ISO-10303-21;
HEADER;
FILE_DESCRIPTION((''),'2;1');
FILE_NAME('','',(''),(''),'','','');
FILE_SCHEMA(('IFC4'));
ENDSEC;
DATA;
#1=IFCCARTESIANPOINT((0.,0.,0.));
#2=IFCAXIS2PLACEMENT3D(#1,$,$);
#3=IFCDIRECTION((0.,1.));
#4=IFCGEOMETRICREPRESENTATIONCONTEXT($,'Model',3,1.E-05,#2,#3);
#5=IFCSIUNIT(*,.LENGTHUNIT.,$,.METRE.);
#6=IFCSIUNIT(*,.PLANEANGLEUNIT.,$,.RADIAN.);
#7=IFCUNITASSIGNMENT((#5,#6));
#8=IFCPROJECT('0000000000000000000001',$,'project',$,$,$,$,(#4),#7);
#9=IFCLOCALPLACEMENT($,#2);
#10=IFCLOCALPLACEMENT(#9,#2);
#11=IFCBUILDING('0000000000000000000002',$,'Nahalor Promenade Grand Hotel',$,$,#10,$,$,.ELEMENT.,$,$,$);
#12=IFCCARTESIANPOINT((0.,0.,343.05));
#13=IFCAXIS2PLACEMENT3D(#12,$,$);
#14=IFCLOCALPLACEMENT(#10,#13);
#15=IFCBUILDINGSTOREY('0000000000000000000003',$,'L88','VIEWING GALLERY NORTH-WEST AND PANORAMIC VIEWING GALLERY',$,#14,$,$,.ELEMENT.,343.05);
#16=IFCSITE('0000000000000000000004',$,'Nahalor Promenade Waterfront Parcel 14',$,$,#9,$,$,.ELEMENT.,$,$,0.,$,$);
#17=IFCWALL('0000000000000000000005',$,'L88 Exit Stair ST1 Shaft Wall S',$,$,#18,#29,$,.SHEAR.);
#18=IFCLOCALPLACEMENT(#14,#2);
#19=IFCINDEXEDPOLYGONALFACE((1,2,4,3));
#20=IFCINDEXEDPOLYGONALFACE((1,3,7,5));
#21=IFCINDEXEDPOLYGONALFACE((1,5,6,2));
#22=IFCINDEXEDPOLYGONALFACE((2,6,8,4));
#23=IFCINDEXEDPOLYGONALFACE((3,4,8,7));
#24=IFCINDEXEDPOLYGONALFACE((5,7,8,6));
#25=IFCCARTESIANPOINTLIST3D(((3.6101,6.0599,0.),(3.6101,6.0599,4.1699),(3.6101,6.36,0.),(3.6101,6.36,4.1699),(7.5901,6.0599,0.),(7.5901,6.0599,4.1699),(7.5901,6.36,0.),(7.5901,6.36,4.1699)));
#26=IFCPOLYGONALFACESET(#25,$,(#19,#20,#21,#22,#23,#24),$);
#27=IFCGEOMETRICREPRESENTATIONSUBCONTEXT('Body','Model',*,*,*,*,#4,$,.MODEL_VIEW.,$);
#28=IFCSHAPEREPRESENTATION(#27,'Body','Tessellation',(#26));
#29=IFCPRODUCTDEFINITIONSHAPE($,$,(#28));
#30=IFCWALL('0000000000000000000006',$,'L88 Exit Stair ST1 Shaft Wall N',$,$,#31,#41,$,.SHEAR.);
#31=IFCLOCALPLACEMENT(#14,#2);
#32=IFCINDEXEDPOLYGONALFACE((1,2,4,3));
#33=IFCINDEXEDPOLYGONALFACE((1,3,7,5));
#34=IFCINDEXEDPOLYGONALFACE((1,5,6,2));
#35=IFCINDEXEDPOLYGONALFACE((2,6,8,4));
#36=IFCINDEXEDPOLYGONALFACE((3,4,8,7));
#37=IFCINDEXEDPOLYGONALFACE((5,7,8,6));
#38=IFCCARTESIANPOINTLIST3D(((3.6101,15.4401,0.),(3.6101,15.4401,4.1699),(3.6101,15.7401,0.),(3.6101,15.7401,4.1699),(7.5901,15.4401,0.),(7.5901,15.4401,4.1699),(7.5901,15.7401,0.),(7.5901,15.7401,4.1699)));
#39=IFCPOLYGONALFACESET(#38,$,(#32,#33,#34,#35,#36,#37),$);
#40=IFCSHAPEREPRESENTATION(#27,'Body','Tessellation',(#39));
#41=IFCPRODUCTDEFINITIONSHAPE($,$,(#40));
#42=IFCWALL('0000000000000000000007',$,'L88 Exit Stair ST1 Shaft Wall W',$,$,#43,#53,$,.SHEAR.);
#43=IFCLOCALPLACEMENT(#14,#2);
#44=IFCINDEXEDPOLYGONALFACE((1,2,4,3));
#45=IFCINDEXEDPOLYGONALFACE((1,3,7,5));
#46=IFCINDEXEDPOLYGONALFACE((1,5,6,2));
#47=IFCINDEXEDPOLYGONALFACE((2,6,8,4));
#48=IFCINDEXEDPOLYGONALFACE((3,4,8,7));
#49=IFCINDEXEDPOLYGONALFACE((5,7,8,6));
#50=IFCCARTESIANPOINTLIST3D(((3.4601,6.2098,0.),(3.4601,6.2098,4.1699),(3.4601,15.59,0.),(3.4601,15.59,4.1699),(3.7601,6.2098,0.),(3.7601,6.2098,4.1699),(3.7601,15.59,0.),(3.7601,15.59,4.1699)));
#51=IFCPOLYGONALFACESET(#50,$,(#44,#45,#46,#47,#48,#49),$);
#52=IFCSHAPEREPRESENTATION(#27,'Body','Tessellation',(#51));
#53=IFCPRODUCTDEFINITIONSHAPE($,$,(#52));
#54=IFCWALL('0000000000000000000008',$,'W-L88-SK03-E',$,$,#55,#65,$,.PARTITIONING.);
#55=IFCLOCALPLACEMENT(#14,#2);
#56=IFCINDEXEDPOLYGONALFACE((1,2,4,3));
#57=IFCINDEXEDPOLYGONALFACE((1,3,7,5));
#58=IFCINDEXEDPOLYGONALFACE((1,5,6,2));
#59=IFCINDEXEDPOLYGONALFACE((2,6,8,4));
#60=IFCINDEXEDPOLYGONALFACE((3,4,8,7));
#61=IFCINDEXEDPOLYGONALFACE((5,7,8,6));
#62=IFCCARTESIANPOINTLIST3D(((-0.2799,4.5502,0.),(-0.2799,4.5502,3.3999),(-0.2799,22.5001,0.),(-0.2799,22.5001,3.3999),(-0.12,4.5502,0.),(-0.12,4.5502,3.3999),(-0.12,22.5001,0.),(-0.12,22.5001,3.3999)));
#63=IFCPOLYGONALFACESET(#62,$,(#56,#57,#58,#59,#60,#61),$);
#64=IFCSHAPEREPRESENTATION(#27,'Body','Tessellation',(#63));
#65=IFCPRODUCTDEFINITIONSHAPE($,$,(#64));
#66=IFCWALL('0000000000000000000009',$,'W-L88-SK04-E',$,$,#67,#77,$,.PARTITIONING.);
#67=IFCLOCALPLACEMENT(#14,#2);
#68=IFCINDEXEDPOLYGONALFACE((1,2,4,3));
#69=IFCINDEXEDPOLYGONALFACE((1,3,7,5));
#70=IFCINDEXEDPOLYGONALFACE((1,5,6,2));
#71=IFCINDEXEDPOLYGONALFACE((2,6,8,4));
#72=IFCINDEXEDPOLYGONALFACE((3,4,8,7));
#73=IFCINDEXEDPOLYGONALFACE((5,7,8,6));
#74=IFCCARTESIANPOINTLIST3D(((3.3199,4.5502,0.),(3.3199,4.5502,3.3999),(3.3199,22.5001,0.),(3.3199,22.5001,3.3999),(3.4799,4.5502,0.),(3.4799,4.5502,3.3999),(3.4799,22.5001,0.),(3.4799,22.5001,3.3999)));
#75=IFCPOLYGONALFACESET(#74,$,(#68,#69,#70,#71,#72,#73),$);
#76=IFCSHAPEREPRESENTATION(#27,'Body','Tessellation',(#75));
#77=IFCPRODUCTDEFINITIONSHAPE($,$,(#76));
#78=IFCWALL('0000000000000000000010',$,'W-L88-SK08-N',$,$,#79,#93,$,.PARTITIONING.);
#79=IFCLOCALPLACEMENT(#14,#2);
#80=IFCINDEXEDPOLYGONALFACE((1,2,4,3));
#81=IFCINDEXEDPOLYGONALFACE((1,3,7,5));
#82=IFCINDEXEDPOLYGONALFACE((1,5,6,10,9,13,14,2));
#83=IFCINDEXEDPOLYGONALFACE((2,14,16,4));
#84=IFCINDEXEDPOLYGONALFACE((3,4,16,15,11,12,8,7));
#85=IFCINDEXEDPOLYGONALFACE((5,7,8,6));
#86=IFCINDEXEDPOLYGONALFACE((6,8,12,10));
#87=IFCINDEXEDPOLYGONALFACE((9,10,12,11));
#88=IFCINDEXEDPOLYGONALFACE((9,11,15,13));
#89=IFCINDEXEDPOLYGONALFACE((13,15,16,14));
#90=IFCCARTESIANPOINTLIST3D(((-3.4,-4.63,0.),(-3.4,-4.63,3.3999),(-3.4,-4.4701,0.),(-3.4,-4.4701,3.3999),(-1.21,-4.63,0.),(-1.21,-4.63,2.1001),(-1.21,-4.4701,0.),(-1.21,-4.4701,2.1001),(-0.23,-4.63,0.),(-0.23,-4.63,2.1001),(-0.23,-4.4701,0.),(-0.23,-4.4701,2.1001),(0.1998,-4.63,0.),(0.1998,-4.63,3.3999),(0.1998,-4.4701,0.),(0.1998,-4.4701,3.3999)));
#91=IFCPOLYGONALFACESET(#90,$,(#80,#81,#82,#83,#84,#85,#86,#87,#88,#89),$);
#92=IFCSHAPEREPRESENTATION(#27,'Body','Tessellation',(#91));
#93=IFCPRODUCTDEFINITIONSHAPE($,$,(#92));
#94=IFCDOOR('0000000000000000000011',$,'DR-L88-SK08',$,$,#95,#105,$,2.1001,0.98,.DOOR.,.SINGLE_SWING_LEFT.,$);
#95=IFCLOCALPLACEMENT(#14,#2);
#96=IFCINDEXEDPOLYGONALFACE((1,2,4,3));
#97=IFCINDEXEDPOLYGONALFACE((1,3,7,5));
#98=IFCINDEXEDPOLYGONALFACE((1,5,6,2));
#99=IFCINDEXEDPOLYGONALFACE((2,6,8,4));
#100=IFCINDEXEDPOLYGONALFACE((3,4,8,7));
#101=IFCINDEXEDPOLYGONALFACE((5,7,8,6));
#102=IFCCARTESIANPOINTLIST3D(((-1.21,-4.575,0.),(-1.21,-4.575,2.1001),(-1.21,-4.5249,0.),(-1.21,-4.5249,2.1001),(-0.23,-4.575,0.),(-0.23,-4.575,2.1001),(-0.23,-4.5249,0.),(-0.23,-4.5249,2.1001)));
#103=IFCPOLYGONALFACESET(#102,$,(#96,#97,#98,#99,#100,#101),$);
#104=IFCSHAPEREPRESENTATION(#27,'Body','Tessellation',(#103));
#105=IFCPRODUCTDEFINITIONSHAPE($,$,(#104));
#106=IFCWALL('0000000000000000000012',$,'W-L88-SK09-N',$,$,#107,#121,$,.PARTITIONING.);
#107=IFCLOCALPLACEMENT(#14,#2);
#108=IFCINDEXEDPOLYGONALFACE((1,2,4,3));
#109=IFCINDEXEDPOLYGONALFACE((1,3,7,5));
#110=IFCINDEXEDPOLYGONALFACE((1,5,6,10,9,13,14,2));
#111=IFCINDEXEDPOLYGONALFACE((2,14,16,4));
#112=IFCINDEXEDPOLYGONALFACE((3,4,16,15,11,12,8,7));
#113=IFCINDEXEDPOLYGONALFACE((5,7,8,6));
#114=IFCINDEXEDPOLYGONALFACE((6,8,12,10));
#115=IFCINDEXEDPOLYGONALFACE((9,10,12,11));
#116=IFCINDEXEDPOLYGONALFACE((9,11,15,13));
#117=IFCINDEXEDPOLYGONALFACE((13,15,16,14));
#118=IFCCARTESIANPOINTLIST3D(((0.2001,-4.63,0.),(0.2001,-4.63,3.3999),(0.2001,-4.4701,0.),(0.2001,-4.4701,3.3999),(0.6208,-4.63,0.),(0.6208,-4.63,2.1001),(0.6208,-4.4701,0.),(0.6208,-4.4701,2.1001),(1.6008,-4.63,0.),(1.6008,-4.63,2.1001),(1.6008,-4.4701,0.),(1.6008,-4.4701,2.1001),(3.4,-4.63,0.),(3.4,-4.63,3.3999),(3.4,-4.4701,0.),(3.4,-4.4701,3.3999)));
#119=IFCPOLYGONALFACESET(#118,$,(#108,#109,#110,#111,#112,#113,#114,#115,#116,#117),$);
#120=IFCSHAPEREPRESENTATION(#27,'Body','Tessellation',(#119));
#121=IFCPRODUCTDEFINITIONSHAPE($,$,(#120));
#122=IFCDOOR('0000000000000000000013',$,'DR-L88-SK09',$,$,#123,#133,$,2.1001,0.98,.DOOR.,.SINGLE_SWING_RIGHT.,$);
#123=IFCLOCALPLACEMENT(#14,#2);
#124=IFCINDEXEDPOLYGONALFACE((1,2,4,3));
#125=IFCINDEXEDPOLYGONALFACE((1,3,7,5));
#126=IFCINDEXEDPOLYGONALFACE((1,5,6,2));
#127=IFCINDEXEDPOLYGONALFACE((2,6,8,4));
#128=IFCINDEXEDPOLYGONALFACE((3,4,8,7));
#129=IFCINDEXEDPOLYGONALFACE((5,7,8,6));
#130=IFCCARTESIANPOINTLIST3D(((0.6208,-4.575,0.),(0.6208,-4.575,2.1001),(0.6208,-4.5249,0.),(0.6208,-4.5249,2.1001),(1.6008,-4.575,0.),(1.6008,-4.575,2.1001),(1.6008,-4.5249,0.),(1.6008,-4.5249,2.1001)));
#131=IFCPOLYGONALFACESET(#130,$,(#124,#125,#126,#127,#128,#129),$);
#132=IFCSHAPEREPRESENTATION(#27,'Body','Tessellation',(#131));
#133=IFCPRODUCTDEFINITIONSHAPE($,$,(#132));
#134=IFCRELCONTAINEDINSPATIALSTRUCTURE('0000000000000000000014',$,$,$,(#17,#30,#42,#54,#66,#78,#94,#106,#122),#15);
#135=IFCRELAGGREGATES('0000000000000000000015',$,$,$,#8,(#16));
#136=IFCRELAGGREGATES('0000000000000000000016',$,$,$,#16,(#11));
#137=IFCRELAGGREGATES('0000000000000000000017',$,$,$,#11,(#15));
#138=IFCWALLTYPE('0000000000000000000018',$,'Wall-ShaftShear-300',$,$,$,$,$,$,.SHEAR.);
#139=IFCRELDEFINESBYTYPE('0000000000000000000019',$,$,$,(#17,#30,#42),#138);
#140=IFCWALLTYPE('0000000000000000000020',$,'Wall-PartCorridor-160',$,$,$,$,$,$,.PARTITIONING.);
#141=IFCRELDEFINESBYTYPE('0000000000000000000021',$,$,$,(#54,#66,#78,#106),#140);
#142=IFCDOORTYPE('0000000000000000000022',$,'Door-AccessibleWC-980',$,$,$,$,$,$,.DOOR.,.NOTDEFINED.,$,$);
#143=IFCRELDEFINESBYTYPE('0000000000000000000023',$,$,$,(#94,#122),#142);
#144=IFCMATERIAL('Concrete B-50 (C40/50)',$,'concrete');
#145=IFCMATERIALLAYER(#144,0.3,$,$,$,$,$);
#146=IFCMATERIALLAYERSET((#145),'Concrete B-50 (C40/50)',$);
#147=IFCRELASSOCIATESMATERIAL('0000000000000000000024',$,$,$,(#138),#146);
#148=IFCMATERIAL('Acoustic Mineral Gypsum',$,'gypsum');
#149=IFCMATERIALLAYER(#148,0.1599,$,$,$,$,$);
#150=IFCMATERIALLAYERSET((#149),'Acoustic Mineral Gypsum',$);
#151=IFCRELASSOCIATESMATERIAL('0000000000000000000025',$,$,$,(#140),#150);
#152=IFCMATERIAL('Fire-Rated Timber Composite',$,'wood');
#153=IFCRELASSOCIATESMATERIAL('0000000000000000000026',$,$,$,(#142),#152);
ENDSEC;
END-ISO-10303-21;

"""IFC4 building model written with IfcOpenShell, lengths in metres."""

from ifc_helpers import new_model, si_unit, direction, frame, frame_2d, origin, place, context, subcontext, project, spatial, rectangle, extrude, source, transform, mapped, material, layer, layer_set, type_object, element, fill, save


model = new_model("IFC4")

# Units and contexts
model_context = context("Model", 3, precision=1e-05, world=origin(), true_north=direction((0.0, 1.0)))
body_context = subcontext(model_context, "Body", "Model", "MODEL_VIEW")
ifc_project = project(units=[si_unit("LENGTHUNIT", "METRE"), si_unit("PLANEANGLEUNIT", "RADIAN")], contexts=[model_context])

# Site, building, storey
site_placement = place(None, origin())
site = spatial("IfcSite", under=ifc_project, at=site_placement, Name="Nahalor Promenade Waterfront Parcel 14", CompositionType="ELEMENT", RefElevation=0.0)
building_placement = place(site_placement, origin())
building = spatial("IfcBuilding", under=site, at=building_placement, Name="Nahalor Promenade Grand Hotel", CompositionType="ELEMENT")
storey_placement = place(building_placement, frame((0.0, 0.0, 343.05)))
storey = spatial("IfcBuildingStorey", under=building, at=storey_placement, Name="L88", Description="VIEWING GALLERY NORTH-WEST AND PANORAMIC VIEWING GALLERY", CompositionType="ELEMENT", Elevation=343.05)

# Shared definitions
ifc_material_1 = material(Name="Concrete B-50 (C40/50)", Category="concrete")

# Walls
ifc_layer_1 = layer(ifc_material_1, 0.3)
ifc_layer_set_1 = layer_set([ifc_layer_1], Name="Concrete B-50 (C40/50)")
wall_type_1 = type_object("IfcWallType", Name="Wall-ShaftShear-300", PredefinedType="SHEAR", material=ifc_layer_set_1)
shared_shape_1 = source(origin(), body_context, "Body", "SweptSolid", [
    extrude(rectangle(XDim=3.98, YDim=0.3, at=frame_2d((1.99, 0.0))), origin(), (0.0, 0.0, 1.0), 4.1699),
])
for number, where, z_axis, x_axis, name in (
    (1, (3.6101, 6.21, 0.0), (0.0, 0.0, 1.0), (1.0, 0.0, 0.0), "L88 Exit Stair ST1 Shaft Wall S"),
    (2, (3.6101, 15.5901, 0.0), (0.0, 0.0, 1.0), (1.0, 0.0, 0.0), "L88 Exit Stair ST1 Shaft Wall N"),
):
    element("IfcWall", number, at=place(storey_placement, frame(where, z_axis=z_axis, x_axis=x_axis)), inside=storey, type_object=wall_type_1, Name=name, PredefinedType="SHEAR", context=body_context, shape_type="MappedRepresentation", body=[
        mapped(shared_shape_1, transform((0.0, 0.0, 0.0), scale=1.0)),
    ])
shared_shape_2 = source(origin(), body_context, "Body", "SweptSolid", [
    extrude(rectangle(XDim=9.3801, YDim=0.3, at=frame_2d((4.6899, 0.0))), origin(), (0.0, 0.0, 1.0), 4.1699),
])
wall_1_placement = place(storey_placement, frame((3.6101, 6.21, 0.0), z_axis=(0.0, 0.0, 1.0), x_axis=(0.0, 1.0, 0.0)))
element("IfcWall", 3, at=wall_1_placement, inside=storey, type_object=wall_type_1, Name="L88 Exit Stair ST1 Shaft Wall W", PredefinedType="SHEAR", context=body_context, shape_type="MappedRepresentation", body=[
    mapped(shared_shape_2, transform((0.0, 0.0, 0.0), scale=1.0)),
])
ifc_material_2 = material(Name="Acoustic Mineral Gypsum", Category="gypsum")
ifc_layer_2 = layer(ifc_material_2, 0.1599)
ifc_layer_set_2 = layer_set([ifc_layer_2], Name="Acoustic Mineral Gypsum")
wall_type_2 = type_object("IfcWallType", Name="Wall-PartCorridor-160", PredefinedType="PARTITIONING", material=ifc_layer_set_2)
shared_shape_3 = source(origin(), body_context, "Body", "SweptSolid", [
    extrude(rectangle(XDim=17.95, YDim=0.1599, at=frame_2d((8.9751, 0.0))), origin(), (0.0, 0.0, 1.0), 3.3999),
])
for number, where, z_axis, x_axis, name in (
    (4, (-0.2, 4.55, 0.0), (0.0, 0.0, 1.0), (0.0, 1.0, 0.0), "W-L88-SK03-E"),
    (5, (3.3999, 4.55, 0.0), (0.0, 0.0, 1.0), (0.0, 1.0, 0.0), "W-L88-SK04-E"),
):
    element("IfcWall", number, at=place(storey_placement, frame(where, z_axis=z_axis, x_axis=x_axis)), inside=storey, type_object=wall_type_2, Name=name, PredefinedType="PARTITIONING", context=body_context, shape_type="MappedRepresentation", body=[
        mapped(shared_shape_3, transform((0.0, 0.0, 0.0), scale=1.0)),
    ])

# Walls, openings, doors
shared_shape_4 = source(origin(), body_context, "Body", "SweptSolid", [
    extrude(rectangle(XDim=3.5999, YDim=0.1599, at=frame_2d((1.7998, 0.0))), origin(), (0.0, 0.0, 1.0), 3.3999),
])
ifc_material_3 = material(Name="Fire-Rated Timber Composite", Category="wood")
wall_2_placement = place(storey_placement, frame((-3.3999, -4.55, 0.0), z_axis=(0.0, 0.0, 1.0), x_axis=(1.0, 0.0, 0.0)))
wall_2 = element("IfcWall", 6, at=wall_2_placement, inside=storey, type_object=wall_type_2, Name="W-L88-SK08-N", PredefinedType="PARTITIONING", context=body_context, shape_type="MappedRepresentation", body=[
    mapped(shared_shape_4, transform((0.0, 0.0, 0.0), scale=1.0)),
])
opening_1_placement = place(wall_2_placement, frame((2.1899, 0.0, 0.0)))
opening_1 = element("IfcOpeningElement", 7, at=opening_1_placement, cuts=wall_2, PredefinedType="OPENING", context=body_context, shape_type="SweptSolid", body=[
    extrude(rectangle(XDim=0.98, YDim=2.1001, at=frame_2d((0.49, 1.05))), frame((0.0, 0.0898, 0.0), z_axis=(0.0, -1.0, 0.0), x_axis=(1.0, 0.0, 0.0)), (0.0, 0.0, 1.0), 0.1799),
])
door_type_1 = type_object("IfcDoorType", Name="Door-AccessibleWC-980", OperationType="NOTDEFINED", PredefinedType="DOOR", material=ifc_material_3)
shared_shape_5 = source(origin(), body_context, "Body", "SweptSolid", [
    extrude(rectangle(XDim=0.98, YDim=2.1001, at=frame_2d((0.49, 1.05))), frame((0.0, 0.0249, 0.0), z_axis=(0.0, -1.0, 0.0), x_axis=(1.0, 0.0, 0.0)), (0.0, 0.0, 1.0), 0.05),
])
door_1_placement = place(opening_1_placement, frame((0.98, 0.0, 0.0), z_axis=(0.0, 0.0, 1.0), x_axis=(-1.0, 0.0, 0.0)))
door_1 = element("IfcDoor", 8, at=door_1_placement, inside=storey, type_object=door_type_1, Name="DR-L88-SK08", OperationType="SINGLE_SWING_LEFT", OverallHeight=2.1001, OverallWidth=0.98, PredefinedType="DOOR", context=body_context, shape_type="MappedRepresentation", body=[
    mapped(shared_shape_5, transform((0.0, 0.0, 0.0), scale=1.0)),
])
fill(opening_1, door_1)
shared_shape_6 = source(origin(), body_context, "Body", "SweptSolid", [
    extrude(rectangle(XDim=3.2, YDim=0.1599, at=frame_2d((1.6001, 0.0))), origin(), (0.0, 0.0, 1.0), 3.3999),
])
wall_3_placement = place(storey_placement, frame((0.2, -4.55, 0.0), z_axis=(0.0, 0.0, 1.0), x_axis=(1.0, 0.0, 0.0)))
wall_3 = element("IfcWall", 9, at=wall_3_placement, inside=storey, type_object=wall_type_2, Name="W-L88-SK09-N", PredefinedType="PARTITIONING", context=body_context, shape_type="MappedRepresentation", body=[
    mapped(shared_shape_6, transform((0.0, 0.0, 0.0), scale=1.0)),
])
opening_2_placement = place(wall_3_placement, frame((0.4209, 0.0, 0.0)))
opening_2 = element("IfcOpeningElement", 10, at=opening_2_placement, cuts=wall_3, PredefinedType="OPENING", context=body_context, shape_type="SweptSolid", body=[
    extrude(rectangle(XDim=0.98, YDim=2.1001, at=frame_2d((0.49, 1.05))), frame((0.0, 0.0898, 0.0), z_axis=(0.0, -1.0, 0.0), x_axis=(1.0, 0.0, 0.0)), (0.0, 0.0, 1.0), 0.1799),
])
door_2_placement = place(opening_2_placement, frame((0.98, 0.0, 0.0), z_axis=(0.0, 0.0, 1.0), x_axis=(-1.0, 0.0, 0.0)))
door_2 = element("IfcDoor", 11, at=door_2_placement, inside=storey, type_object=door_type_1, Name="DR-L88-SK09", OperationType="SINGLE_SWING_RIGHT", OverallHeight=2.1001, OverallWidth=0.98, PredefinedType="DOOR", context=body_context, shape_type="MappedRepresentation", body=[
    mapped(shared_shape_5, transform((0.0, 0.0, 0.0), scale=1.0)),
])
fill(opening_2, door_2)

save(model, "model.ifc")
